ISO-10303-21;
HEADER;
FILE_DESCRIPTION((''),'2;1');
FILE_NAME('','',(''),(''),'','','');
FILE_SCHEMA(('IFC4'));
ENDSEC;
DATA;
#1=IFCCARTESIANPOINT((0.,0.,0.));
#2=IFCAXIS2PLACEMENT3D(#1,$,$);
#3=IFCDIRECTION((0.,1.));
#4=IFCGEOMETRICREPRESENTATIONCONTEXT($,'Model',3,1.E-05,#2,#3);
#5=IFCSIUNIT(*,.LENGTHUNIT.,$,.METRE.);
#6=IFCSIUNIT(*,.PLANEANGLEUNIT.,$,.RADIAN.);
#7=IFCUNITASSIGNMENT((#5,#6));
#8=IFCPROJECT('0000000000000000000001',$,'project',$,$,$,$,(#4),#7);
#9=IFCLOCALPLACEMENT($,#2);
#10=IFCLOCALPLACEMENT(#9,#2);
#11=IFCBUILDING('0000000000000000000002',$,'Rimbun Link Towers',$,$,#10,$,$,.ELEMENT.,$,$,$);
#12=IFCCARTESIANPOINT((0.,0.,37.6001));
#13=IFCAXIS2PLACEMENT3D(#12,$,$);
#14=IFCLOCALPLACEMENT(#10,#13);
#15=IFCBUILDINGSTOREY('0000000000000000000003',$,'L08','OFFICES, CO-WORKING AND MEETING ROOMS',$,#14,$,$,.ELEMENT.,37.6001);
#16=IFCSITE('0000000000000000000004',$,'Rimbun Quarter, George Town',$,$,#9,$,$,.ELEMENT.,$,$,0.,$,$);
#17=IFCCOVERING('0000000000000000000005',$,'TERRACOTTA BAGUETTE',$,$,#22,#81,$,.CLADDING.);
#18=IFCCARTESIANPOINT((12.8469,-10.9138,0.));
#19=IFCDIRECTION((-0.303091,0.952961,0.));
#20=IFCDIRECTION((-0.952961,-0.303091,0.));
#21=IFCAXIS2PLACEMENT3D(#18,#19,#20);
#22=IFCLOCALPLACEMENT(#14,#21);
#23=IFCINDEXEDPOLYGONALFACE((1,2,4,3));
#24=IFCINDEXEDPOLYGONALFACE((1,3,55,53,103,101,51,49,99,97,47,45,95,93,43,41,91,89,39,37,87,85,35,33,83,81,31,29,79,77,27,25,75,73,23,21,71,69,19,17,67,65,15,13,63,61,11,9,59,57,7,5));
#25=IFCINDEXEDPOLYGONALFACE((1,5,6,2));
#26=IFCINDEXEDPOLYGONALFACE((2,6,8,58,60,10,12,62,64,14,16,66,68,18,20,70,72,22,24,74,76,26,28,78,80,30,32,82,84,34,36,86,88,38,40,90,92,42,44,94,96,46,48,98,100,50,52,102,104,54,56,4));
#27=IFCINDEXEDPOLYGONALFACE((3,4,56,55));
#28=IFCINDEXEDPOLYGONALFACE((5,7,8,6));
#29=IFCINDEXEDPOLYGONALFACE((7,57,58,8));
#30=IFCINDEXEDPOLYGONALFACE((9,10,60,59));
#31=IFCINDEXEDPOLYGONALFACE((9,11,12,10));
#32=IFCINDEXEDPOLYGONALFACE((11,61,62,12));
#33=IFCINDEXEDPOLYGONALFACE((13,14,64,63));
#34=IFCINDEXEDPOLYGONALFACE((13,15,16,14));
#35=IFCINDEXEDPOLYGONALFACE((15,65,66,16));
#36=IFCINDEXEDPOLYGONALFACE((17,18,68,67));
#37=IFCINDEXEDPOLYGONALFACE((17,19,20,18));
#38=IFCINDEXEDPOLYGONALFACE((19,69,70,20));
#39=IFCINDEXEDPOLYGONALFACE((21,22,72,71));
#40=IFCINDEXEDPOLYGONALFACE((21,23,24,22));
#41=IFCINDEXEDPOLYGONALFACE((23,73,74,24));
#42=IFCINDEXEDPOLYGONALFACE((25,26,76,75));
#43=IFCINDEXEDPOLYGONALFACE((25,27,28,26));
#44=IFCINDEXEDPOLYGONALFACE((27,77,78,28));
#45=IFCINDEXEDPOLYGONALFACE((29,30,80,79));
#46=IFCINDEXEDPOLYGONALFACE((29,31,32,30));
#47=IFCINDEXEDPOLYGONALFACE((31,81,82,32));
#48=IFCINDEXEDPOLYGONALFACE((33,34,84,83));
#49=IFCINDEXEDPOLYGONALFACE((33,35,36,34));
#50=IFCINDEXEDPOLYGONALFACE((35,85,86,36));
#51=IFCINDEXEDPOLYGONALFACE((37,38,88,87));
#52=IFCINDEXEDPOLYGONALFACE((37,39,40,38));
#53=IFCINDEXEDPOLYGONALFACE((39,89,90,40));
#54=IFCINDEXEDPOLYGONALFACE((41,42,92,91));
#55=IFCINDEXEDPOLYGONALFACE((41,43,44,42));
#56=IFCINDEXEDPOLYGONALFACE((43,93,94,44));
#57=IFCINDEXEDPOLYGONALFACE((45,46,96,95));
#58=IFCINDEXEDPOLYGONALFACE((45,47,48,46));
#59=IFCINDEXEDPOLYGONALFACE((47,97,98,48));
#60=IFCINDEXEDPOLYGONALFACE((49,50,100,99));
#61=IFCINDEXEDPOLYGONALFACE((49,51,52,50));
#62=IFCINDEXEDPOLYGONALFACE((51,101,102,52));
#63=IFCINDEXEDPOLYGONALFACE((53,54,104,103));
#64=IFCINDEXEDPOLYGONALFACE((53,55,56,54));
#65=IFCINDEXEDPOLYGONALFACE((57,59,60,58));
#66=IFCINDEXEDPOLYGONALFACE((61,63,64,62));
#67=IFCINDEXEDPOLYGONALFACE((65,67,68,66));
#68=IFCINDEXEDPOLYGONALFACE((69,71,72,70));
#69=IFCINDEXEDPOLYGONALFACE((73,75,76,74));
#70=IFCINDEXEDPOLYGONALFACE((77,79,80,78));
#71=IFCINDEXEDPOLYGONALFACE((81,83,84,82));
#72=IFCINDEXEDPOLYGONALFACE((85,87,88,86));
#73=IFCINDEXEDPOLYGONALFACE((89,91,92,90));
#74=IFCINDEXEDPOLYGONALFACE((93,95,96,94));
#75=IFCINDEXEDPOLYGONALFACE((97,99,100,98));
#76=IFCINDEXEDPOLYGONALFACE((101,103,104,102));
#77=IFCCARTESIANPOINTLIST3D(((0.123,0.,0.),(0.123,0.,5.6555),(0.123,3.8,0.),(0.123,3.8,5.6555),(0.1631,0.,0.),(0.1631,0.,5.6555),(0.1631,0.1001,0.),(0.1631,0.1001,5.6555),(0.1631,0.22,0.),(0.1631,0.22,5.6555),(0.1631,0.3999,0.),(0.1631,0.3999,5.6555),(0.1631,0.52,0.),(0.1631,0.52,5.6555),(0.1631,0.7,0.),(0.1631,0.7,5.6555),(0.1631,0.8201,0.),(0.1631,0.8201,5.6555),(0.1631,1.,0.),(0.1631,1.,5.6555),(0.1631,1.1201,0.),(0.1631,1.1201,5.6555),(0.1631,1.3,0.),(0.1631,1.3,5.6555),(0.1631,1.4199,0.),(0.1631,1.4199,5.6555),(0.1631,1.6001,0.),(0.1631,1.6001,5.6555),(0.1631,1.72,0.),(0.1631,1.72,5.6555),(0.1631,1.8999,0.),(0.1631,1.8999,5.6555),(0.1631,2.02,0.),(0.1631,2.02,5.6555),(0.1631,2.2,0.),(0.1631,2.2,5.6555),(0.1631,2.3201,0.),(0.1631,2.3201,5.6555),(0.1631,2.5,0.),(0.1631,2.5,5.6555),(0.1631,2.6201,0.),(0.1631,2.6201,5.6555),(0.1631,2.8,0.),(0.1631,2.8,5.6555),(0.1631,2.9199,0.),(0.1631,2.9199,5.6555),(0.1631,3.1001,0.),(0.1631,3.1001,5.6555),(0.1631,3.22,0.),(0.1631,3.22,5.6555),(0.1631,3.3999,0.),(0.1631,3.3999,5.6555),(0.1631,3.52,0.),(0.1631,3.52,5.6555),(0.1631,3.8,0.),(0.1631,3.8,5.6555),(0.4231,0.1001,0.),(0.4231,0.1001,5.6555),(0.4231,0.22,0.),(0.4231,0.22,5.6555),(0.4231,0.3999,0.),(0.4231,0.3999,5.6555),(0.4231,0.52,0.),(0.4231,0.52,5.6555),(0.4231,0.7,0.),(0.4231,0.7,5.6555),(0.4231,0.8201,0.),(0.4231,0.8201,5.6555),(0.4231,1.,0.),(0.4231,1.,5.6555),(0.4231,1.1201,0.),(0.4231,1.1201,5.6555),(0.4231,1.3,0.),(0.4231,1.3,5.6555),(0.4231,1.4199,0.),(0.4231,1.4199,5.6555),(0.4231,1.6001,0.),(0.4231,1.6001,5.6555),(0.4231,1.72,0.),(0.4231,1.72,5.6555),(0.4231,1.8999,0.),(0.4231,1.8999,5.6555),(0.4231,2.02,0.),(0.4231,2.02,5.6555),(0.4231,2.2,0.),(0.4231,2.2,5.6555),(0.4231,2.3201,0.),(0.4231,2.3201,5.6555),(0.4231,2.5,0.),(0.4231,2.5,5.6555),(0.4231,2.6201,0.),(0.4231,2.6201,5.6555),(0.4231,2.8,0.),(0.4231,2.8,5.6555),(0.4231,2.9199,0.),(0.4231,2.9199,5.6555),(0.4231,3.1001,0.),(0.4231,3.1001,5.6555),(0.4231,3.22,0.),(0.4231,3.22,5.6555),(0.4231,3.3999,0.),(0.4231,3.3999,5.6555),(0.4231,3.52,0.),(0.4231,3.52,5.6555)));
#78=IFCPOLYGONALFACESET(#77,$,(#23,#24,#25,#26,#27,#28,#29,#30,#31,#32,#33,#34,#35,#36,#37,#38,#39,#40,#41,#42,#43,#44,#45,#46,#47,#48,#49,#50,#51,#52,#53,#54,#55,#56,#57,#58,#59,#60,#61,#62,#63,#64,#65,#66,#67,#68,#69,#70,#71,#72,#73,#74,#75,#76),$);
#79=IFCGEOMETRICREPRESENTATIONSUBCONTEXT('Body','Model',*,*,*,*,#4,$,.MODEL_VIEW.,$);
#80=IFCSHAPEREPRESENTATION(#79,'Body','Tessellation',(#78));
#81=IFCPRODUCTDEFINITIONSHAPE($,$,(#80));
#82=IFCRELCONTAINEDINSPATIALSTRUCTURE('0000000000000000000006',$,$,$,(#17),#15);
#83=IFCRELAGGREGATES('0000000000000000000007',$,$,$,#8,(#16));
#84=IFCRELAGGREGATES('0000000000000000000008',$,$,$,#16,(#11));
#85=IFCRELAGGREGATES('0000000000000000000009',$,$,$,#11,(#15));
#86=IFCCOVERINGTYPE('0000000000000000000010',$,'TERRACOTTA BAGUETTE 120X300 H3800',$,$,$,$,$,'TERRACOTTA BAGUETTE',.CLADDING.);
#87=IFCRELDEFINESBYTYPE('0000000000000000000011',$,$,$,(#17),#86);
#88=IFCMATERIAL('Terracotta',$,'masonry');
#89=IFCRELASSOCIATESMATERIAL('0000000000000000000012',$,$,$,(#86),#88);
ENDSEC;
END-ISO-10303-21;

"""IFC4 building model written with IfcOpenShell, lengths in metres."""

from ifc_helpers import new_model, si_unit, direction, frame, origin, place, context, subcontext, project, spatial, polyline, outline, extrude, material, material_profile, profile_set, type_object, element, save


model = new_model("IFC4")

# Units and contexts
model_context = context("Model", 3, precision=1e-05, world=origin(), true_north=direction((0.0, 1.0)))
body_context = subcontext(model_context, "Body", "Model", "MODEL_VIEW")
ifc_project = project(units=[si_unit("LENGTHUNIT", "METRE"), si_unit("PLANEANGLEUNIT", "RADIAN")], contexts=[model_context])

# Site, building, storey
site_placement = place(None, origin())
site = spatial("IfcSite", under=ifc_project, at=site_placement, Name="Rimbun Quarter, George Town", CompositionType="ELEMENT", RefElevation=0.0)
building_placement = place(site_placement, origin())
building = spatial("IfcBuilding", under=site, at=building_placement, Name="Rimbun Link Towers", CompositionType="ELEMENT")
storey_placement = place(building_placement, frame((0.0, 0.0, 37.6001)))
storey = spatial("IfcBuildingStorey", under=building, at=storey_placement, Name="L08", Description="OFFICES, CO-WORKING AND MEETING ROOMS", CompositionType="ELEMENT", Elevation=37.6001)

# Covering
ifc_material_1 = material(Name="Terracotta", Category="masonry")
ifc_material_profile_1 = material_profile(ifc_material_1, outline(polyline([(0.123, 0.0), (0.1631, 0.0), (0.1631, 0.1001), (0.4231, 0.1001), (0.4231, 0.22), (0.1631, 0.22), (0.1631, 0.3999), (0.4231, 0.3999), (0.4231, 0.52), (0.1631, 0.52), (0.1631, 0.7), (0.4231, 0.7), (0.4231, 0.8201), (0.1631, 0.8201), (0.1631, 1.0), (0.4231, 1.0), (0.4231, 1.1201), (0.1631, 1.1201), (0.1631, 1.3), (0.4231, 1.3), (0.4231, 1.4199), (0.1631, 1.4199), (0.1631, 1.6001), (0.4231, 1.6001), (0.4231, 1.72), (0.1631, 1.72), (0.1631, 1.8999), (0.4231, 1.8999), (0.4231, 2.02), (0.1631, 2.02), (0.1631, 2.2), (0.4231, 2.2), (0.4231, 2.3201), (0.1631, 2.3201), (0.1631, 2.5), (0.4231, 2.5), (0.4231, 2.6201), (0.1631, 2.6201), (0.1631, 2.8), (0.4231, 2.8), (0.4231, 2.9199), (0.1631, 2.9199), (0.1631, 3.1001), (0.4231, 3.1001), (0.4231, 3.22), (0.1631, 3.22), (0.1631, 3.3999), (0.4231, 3.3999), (0.4231, 3.52), (0.1631, 3.52), (0.1631, 3.8), (0.123, 3.8), (0.123, 0.0)])), Name="BAGUETTE 120X300")
ifc_profile_set_1 = profile_set([ifc_material_profile_1], Name="Terracotta")
covering_type_1 = type_object("IfcCoveringType", Name="TERRACOTTA BAGUETTE 120X300 H3800", ElementType="TERRACOTTA BAGUETTE", PredefinedType="CLADDING", material=ifc_profile_set_1)
covering_1_placement = place(storey_placement, frame((12.8469, -10.9138, 0.0), z_axis=(-0.303091, 0.952961, 0.0), x_axis=(-0.952961, -0.303091, 0.0)))
element("IfcCovering", 1, at=covering_1_placement, inside=storey, type_object=covering_type_1, Name="TERRACOTTA BAGUETTE", PredefinedType="CLADDING", context=body_context, shape_type="SweptSolid", body=[
    extrude(outline(polyline([(0.123, 0.0), (0.1631, 0.0), (0.1631, 0.1001), (0.4231, 0.1001), (0.4231, 0.22), (0.1631, 0.22), (0.1631, 0.3999), (0.4231, 0.3999), (0.4231, 0.52), (0.1631, 0.52), (0.1631, 0.7), (0.4231, 0.7), (0.4231, 0.8201), (0.1631, 0.8201), (0.1631, 1.0), (0.4231, 1.0), (0.4231, 1.1201), (0.1631, 1.1201), (0.1631, 1.3), (0.4231, 1.3), (0.4231, 1.4199), (0.1631, 1.4199), (0.1631, 1.6001), (0.4231, 1.6001), (0.4231, 1.72), (0.1631, 1.72), (0.1631, 1.8999), (0.4231, 1.8999), (0.4231, 2.02), (0.1631, 2.02), (0.1631, 2.2), (0.4231, 2.2), (0.4231, 2.3201), (0.1631, 2.3201), (0.1631, 2.5), (0.4231, 2.5), (0.4231, 2.6201), (0.1631, 2.6201), (0.1631, 2.8), (0.4231, 2.8), (0.4231, 2.9199), (0.1631, 2.9199), (0.1631, 3.1001), (0.4231, 3.1001), (0.4231, 3.22), (0.1631, 3.22), (0.1631, 3.3999), (0.4231, 3.3999), (0.4231, 3.52), (0.1631, 3.52), (0.1631, 3.8), (0.123, 3.8), (0.123, 0.0)])), origin(), (0.0, 0.0, 1.0), 5.6555),
])

save(model, "model.ifc")
